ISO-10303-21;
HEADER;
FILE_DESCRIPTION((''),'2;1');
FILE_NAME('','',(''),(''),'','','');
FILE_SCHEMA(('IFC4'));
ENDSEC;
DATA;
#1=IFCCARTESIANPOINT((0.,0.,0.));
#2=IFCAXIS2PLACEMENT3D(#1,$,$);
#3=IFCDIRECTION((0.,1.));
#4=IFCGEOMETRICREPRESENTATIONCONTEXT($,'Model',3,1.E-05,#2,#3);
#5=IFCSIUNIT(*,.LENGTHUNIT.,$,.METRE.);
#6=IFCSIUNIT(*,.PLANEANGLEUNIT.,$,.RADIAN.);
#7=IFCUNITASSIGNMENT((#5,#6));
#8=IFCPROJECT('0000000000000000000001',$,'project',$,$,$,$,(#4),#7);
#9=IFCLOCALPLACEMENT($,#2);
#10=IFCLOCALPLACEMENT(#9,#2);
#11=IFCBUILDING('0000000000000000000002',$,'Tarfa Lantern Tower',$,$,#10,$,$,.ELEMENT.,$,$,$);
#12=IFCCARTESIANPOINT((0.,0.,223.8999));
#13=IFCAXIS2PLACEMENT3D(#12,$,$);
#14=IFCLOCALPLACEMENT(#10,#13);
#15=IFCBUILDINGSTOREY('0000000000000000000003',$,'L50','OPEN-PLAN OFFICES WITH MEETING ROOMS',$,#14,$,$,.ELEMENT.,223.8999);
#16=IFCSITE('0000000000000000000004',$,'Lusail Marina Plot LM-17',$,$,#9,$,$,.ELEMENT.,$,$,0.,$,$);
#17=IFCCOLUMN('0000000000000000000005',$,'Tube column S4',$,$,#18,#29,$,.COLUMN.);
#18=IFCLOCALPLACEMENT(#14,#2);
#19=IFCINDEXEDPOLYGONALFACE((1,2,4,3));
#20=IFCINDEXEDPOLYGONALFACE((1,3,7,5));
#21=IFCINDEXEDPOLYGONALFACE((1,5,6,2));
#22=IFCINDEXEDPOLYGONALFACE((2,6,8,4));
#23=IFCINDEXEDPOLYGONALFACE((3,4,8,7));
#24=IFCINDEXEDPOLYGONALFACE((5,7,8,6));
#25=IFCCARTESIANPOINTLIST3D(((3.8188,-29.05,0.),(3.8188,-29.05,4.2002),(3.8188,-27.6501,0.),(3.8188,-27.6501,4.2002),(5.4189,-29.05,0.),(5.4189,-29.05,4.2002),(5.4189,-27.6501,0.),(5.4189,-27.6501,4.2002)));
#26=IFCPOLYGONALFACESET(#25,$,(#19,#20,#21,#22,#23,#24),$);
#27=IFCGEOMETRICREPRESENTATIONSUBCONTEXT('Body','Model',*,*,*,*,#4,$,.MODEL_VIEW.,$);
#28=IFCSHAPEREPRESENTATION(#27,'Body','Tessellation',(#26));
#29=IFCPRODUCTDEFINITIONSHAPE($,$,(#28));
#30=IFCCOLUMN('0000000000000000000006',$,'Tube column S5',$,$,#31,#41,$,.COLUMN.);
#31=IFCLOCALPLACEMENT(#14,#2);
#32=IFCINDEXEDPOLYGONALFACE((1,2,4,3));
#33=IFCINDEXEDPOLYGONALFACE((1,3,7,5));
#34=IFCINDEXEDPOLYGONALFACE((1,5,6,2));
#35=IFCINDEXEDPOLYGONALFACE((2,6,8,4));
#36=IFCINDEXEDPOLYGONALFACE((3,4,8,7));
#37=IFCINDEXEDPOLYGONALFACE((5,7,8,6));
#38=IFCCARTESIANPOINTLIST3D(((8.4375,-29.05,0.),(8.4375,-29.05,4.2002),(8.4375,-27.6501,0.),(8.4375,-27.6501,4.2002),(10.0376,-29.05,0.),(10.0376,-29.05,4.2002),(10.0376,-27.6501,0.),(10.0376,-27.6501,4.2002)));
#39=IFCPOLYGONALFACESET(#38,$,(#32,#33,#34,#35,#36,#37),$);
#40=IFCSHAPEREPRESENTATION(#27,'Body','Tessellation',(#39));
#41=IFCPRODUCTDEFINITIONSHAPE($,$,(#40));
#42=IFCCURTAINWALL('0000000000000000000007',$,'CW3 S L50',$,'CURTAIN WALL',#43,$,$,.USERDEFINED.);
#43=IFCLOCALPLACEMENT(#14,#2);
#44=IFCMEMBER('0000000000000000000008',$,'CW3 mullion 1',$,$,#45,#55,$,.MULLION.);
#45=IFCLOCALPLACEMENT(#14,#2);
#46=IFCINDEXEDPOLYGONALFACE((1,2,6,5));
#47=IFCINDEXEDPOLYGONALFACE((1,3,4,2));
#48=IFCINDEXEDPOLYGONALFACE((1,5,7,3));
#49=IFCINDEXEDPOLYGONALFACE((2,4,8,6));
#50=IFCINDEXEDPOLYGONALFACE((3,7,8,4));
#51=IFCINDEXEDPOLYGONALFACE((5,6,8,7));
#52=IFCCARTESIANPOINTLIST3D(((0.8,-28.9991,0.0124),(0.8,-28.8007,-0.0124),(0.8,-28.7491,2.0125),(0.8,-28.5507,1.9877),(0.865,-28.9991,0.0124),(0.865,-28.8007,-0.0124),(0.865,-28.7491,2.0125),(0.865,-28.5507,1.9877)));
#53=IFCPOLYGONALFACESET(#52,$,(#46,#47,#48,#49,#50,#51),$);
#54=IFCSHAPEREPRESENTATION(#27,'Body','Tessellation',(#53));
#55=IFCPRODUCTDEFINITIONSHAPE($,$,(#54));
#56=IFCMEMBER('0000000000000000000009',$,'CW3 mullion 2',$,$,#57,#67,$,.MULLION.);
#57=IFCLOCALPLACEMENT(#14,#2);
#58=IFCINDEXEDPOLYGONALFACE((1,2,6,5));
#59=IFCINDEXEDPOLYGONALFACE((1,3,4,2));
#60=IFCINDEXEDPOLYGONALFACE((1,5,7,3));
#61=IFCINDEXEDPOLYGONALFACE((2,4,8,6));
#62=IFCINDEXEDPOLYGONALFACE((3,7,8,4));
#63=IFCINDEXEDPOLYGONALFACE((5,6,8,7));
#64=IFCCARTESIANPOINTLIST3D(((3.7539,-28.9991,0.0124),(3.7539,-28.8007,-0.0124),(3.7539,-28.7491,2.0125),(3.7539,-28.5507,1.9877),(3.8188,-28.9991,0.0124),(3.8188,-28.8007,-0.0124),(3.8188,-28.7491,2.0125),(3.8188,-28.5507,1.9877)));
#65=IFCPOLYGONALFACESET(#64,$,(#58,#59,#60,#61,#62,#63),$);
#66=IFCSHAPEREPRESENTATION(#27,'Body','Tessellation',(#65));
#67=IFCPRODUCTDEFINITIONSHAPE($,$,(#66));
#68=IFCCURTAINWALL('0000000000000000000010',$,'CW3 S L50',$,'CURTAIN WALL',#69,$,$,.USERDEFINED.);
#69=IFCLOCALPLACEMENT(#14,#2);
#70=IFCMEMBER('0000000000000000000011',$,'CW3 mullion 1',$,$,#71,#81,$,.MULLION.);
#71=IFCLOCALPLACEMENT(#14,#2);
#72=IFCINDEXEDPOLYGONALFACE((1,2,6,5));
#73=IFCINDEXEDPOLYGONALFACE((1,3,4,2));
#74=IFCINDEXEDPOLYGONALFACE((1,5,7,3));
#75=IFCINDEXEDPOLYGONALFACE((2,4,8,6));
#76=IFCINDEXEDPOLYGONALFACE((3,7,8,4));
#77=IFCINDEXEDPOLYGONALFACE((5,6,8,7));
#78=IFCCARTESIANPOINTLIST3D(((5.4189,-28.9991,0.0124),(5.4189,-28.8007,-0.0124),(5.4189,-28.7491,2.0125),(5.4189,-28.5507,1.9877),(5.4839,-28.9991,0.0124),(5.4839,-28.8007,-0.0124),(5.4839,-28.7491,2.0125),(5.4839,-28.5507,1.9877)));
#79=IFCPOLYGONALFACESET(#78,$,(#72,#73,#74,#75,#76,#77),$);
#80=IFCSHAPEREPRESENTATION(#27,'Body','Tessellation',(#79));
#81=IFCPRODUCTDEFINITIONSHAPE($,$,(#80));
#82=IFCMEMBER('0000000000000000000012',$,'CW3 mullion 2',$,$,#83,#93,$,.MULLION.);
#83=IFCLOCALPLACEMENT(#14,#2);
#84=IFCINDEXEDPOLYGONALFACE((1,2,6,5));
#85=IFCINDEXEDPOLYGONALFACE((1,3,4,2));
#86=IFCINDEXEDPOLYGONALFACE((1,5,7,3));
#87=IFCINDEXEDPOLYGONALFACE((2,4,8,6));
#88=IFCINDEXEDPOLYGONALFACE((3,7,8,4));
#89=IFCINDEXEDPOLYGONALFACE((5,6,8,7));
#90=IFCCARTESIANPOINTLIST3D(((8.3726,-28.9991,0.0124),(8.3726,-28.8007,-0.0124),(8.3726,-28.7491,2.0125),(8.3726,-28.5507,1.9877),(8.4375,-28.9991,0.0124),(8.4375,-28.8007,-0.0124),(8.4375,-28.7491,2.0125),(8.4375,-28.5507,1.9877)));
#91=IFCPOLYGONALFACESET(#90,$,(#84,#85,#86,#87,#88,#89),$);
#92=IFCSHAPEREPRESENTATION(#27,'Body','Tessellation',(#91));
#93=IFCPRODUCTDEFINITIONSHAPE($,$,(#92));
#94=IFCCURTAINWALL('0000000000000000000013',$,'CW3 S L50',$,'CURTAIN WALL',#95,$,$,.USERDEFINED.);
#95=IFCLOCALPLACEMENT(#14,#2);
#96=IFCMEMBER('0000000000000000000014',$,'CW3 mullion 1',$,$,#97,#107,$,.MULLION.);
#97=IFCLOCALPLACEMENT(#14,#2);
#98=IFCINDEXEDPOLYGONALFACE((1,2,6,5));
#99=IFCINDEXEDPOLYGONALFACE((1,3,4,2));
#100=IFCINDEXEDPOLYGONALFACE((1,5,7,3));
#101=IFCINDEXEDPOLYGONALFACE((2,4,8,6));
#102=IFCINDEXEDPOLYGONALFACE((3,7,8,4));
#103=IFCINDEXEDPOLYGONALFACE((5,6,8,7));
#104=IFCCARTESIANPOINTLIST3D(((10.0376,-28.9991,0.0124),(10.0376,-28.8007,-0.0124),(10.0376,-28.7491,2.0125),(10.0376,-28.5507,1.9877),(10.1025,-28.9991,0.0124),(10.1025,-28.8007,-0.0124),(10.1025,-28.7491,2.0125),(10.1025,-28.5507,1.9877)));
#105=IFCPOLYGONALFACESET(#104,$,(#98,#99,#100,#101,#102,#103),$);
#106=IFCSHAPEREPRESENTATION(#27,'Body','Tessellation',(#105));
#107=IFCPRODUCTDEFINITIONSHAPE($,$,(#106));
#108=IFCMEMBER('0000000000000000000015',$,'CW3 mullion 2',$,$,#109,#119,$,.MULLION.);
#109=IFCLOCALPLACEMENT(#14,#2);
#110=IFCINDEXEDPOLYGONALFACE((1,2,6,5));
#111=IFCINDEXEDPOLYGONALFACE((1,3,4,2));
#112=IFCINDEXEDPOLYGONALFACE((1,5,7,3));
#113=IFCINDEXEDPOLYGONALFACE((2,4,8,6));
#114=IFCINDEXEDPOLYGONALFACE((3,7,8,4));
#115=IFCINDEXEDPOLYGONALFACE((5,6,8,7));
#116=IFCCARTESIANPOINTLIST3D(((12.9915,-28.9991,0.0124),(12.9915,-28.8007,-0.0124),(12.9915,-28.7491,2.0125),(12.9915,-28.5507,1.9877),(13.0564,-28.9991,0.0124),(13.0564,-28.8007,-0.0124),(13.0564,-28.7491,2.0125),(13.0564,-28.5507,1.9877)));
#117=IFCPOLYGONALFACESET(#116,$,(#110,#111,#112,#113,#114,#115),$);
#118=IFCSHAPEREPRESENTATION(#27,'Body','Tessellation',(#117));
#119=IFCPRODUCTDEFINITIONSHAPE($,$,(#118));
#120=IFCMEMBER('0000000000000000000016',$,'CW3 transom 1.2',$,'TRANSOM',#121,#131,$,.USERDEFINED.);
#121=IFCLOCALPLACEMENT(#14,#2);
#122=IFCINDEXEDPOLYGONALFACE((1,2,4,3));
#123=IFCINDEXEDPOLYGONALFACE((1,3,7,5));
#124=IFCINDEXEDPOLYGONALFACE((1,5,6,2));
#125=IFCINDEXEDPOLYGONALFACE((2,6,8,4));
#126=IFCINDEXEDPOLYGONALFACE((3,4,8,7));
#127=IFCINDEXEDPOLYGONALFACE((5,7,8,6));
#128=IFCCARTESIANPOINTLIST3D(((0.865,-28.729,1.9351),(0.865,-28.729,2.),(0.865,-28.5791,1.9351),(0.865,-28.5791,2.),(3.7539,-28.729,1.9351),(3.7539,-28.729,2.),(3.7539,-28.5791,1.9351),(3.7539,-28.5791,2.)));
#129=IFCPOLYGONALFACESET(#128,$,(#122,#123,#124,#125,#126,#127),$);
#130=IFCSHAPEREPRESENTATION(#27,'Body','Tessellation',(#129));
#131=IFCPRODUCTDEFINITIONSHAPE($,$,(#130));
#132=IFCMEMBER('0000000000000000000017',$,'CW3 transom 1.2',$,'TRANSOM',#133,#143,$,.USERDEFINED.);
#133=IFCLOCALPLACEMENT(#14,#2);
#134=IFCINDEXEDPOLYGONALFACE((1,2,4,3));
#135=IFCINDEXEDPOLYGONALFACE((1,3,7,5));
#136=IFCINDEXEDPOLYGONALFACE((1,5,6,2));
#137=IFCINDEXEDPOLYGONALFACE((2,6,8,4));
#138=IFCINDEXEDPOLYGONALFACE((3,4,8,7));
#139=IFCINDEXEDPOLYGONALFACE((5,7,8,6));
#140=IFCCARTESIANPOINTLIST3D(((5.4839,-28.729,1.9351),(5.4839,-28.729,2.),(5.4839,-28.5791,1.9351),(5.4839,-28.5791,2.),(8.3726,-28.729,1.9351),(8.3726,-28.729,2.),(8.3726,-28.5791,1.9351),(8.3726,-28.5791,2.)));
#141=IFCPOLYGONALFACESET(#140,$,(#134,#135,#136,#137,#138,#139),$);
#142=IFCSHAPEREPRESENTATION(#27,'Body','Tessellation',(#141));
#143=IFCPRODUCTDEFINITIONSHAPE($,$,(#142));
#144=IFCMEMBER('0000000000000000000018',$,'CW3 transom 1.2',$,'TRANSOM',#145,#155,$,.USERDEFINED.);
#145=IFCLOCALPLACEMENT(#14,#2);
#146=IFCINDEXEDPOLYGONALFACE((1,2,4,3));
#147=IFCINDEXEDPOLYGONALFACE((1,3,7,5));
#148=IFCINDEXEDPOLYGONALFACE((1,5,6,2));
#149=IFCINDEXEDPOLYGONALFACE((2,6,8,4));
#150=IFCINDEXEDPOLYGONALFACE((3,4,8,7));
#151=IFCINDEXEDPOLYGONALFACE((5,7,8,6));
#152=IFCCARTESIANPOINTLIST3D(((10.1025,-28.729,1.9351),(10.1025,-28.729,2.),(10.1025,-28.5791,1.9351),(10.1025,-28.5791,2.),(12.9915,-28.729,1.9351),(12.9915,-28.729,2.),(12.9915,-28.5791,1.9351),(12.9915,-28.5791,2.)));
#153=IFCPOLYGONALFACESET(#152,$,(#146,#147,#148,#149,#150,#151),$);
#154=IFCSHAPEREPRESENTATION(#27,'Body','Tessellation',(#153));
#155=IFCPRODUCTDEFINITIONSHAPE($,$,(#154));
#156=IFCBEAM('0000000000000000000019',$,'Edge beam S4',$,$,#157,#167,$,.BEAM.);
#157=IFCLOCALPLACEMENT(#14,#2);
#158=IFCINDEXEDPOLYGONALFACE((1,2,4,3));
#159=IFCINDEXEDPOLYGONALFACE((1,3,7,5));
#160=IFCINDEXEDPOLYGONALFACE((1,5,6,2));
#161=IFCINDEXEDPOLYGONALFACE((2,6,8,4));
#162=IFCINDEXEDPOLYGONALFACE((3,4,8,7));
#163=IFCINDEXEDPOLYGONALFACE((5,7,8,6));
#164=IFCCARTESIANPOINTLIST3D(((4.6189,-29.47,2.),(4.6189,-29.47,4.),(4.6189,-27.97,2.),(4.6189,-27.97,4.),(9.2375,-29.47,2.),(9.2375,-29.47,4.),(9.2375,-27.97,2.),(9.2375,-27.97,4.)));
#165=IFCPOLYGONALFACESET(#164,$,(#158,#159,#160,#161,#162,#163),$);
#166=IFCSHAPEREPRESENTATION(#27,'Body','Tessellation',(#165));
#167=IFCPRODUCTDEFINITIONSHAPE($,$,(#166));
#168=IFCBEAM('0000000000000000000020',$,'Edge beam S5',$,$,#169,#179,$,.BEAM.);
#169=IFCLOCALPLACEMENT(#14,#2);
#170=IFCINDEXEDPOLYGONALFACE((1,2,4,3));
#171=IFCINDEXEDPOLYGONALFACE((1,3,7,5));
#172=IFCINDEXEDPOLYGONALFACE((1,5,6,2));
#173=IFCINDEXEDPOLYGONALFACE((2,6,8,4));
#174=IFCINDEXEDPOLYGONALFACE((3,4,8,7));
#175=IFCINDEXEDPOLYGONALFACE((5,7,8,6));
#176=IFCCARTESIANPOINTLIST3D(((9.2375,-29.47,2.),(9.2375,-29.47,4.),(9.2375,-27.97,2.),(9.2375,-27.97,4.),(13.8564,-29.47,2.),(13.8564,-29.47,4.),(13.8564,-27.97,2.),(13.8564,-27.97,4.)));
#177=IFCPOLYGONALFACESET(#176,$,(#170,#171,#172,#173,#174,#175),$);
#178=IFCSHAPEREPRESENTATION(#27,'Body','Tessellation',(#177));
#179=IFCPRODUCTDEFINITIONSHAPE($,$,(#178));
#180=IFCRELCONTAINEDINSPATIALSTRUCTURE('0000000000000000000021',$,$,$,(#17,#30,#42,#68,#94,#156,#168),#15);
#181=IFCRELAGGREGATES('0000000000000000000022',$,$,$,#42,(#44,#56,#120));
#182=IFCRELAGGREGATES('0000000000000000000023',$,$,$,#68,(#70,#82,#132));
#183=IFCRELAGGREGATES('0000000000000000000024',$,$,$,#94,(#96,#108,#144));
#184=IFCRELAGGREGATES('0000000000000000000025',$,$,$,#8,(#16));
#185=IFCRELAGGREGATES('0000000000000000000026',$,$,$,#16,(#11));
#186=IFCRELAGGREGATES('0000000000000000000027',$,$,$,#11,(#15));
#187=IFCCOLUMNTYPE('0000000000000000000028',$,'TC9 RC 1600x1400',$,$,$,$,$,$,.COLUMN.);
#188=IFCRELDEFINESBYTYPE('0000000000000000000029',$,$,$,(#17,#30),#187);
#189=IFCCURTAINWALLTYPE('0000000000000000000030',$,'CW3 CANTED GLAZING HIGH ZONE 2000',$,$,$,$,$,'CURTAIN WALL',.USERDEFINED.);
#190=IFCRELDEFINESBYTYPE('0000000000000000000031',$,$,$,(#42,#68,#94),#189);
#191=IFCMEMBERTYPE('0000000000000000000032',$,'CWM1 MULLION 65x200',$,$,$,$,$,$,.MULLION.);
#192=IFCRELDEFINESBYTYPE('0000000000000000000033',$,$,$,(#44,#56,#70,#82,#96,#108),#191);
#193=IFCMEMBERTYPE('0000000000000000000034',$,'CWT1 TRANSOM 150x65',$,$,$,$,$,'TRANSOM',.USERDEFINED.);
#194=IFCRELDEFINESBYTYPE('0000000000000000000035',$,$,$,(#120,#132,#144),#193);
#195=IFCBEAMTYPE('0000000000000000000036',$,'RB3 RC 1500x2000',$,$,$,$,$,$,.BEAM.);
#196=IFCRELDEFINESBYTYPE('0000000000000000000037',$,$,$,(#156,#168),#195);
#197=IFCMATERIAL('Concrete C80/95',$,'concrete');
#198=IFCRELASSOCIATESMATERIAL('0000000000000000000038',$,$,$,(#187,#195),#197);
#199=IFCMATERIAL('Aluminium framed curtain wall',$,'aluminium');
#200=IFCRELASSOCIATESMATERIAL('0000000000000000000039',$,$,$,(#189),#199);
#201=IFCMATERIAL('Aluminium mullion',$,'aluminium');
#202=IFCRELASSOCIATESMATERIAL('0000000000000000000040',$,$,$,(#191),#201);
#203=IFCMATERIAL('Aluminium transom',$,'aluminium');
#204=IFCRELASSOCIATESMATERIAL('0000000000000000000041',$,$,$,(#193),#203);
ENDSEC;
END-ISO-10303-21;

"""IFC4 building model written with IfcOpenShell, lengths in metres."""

from ifc_helpers import new_model, si_unit, direction, frame, origin, origin_2d, place, context, subcontext, project, spatial, rectangle, extrude, material, material_profile, profile_set, type_object, element, aggregate, save


model = new_model("IFC4")

# Units and contexts
model_context = context("Model", 3, precision=1e-05, world=origin(), true_north=direction((0.0, 1.0)))
body_context = subcontext(model_context, "Body", "Model", "MODEL_VIEW")
ifc_project = project(units=[si_unit("LENGTHUNIT", "METRE"), si_unit("PLANEANGLEUNIT", "RADIAN")], contexts=[model_context])

# Site, building, storey
site_placement = place(None, origin())
site = spatial("IfcSite", under=ifc_project, at=site_placement, Name="Lusail Marina Plot LM-17", CompositionType="ELEMENT", RefElevation=0.0)
building_placement = place(site_placement, origin())
building = spatial("IfcBuilding", under=site, at=building_placement, Name="Tarfa Lantern Tower", CompositionType="ELEMENT")
storey_placement = place(building_placement, frame((0.0, 0.0, 223.8999)))
storey = spatial("IfcBuildingStorey", under=building, at=storey_placement, Name="L50", Description="OPEN-PLAN OFFICES WITH MEETING ROOMS", CompositionType="ELEMENT", Elevation=223.8999)

# Columns
ifc_material_1 = material(Name="Concrete C80/95", Category="concrete")
ifc_material_profile_1 = material_profile(ifc_material_1, rectangle(XDim=1.6001, YDim=1.3999, at=origin_2d()), Name="RC 1600x1400")
ifc_profile_set_1 = profile_set([ifc_material_profile_1], Name="Concrete C80/95")
column_type = type_object("IfcColumnType", Name="TC9 RC 1600x1400", PredefinedType="COLUMN", material=ifc_profile_set_1)
for number, where, z_axis, x_axis, name in (
    (1, (4.6189, -28.3501, 0.0), (0.0, 0.0, 1.0), (1.0, 0.0, 0.0), "Tube column S4"),
    (2, (9.2375, -28.3501, 0.0), (0.0, 0.0, 1.0), (1.0, 0.0, 0.0), "Tube column S5"),
):
    element("IfcColumn", number, at=place(storey_placement, frame(where, z_axis=z_axis, x_axis=x_axis)), inside=storey, type_object=column_type, Name=name, PredefinedType="COLUMN", context=body_context, shape_type="SweptSolid", body=[
        extrude(rectangle(XDim=1.6001, YDim=1.3999, at=origin_2d()), origin(), (0.0, 0.0, 1.0), 4.2002),
    ])

# Curtain walls, members
ifc_material_2 = material(Name="Aluminium framed curtain wall", Category="aluminium")
curtain_wall_type = type_object("IfcCurtainWallType", Name="CW3 CANTED GLAZING HIGH ZONE 2000", ElementType="CURTAIN WALL", PredefinedType="USERDEFINED", material=ifc_material_2)
curtain_wall_1_placement = place(storey_placement, origin())
curtain_wall_1 = element("IfcCurtainWall", 3, at=curtain_wall_1_placement, inside=storey, type_object=curtain_wall_type, Name="CW3 S L50", ObjectType="CURTAIN WALL", PredefinedType="USERDEFINED")
ifc_material_3 = material(Name="Aluminium mullion", Category="aluminium")
ifc_material_profile_2 = material_profile(ifc_material_3, rectangle(XDim=0.0649, YDim=0.2, at=origin_2d()), Name="AL MULLION 65x200")
ifc_profile_set_2 = profile_set([ifc_material_profile_2], Name="Aluminium mullion")
member_type_1 = type_object("IfcMemberType", Name="CWM1 MULLION 65x200", PredefinedType="MULLION", material=ifc_profile_set_2)
member_1_placement = place(storey_placement, frame((0.8325, -28.8999, 0.0), z_axis=(0.0, 0.124035, 0.992278), x_axis=(-1.0, 0.0, 0.0)))
member_1 = element("IfcMember", 4, at=member_1_placement, type_object=member_type_1, Name="CW3 mullion 1", PredefinedType="MULLION", context=body_context, shape_type="SweptSolid", body=[
    extrude(rectangle(XDim=0.0649, YDim=0.2, at=origin_2d()), origin(), (0.0, 0.0, 1.0), 2.0156),
])
member_2_placement = place(storey_placement, frame((3.7864, -28.8999, 0.0), z_axis=(0.0, 0.124035, 0.992278), x_axis=(-1.0, 0.0, 0.0)))
member_2 = element("IfcMember", 5, at=member_2_placement, type_object=member_type_1, Name="CW3 mullion 2", PredefinedType="MULLION", context=body_context, shape_type="SweptSolid", body=[
    extrude(rectangle(XDim=0.0649, YDim=0.2, at=origin_2d()), origin(), (0.0, 0.0, 1.0), 2.0156),
])
curtain_wall_2_placement = place(storey_placement, origin())
curtain_wall_2 = element("IfcCurtainWall", 6, at=curtain_wall_2_placement, inside=storey, type_object=curtain_wall_type, Name="CW3 S L50", ObjectType="CURTAIN WALL", PredefinedType="USERDEFINED")
member_3_placement = place(storey_placement, frame((5.4514, -28.8999, 0.0), z_axis=(0.0, 0.124035, 0.992278), x_axis=(-1.0, 0.0, 0.0)))
member_3 = element("IfcMember", 7, at=member_3_placement, type_object=member_type_1, Name="CW3 mullion 1", PredefinedType="MULLION", context=body_context, shape_type="SweptSolid", body=[
    extrude(rectangle(XDim=0.0649, YDim=0.2, at=origin_2d()), origin(), (0.0, 0.0, 1.0), 2.0156),
])
member_4_placement = place(storey_placement, frame((8.405, -28.8999, 0.0), z_axis=(0.0, 0.124035, 0.992278), x_axis=(-1.0, 0.0, 0.0)))
member_4 = element("IfcMember", 8, at=member_4_placement, type_object=member_type_1, Name="CW3 mullion 2", PredefinedType="MULLION", context=body_context, shape_type="SweptSolid", body=[
    extrude(rectangle(XDim=0.0649, YDim=0.2, at=origin_2d()), origin(), (0.0, 0.0, 1.0), 2.0156),
])
curtain_wall_3_placement = place(storey_placement, origin())
curtain_wall_3 = element("IfcCurtainWall", 9, at=curtain_wall_3_placement, inside=storey, type_object=curtain_wall_type, Name="CW3 S L50", ObjectType="CURTAIN WALL", PredefinedType="USERDEFINED")
member_5_placement = place(storey_placement, frame((10.0701, -28.8999, 0.0), z_axis=(0.0, 0.124035, 0.992278), x_axis=(-1.0, 0.0, 0.0)))
member_5 = element("IfcMember", 10, at=member_5_placement, type_object=member_type_1, Name="CW3 mullion 1", PredefinedType="MULLION", context=body_context, shape_type="SweptSolid", body=[
    extrude(rectangle(XDim=0.0649, YDim=0.2, at=origin_2d()), origin(), (0.0, 0.0, 1.0), 2.0156),
])
member_6_placement = place(storey_placement, frame((13.0239, -28.8999, 0.0), z_axis=(0.0, 0.124035, 0.992278), x_axis=(-1.0, 0.0, 0.0)))
member_6 = element("IfcMember", 11, at=member_6_placement, type_object=member_type_1, Name="CW3 mullion 2", PredefinedType="MULLION", context=body_context, shape_type="SweptSolid", body=[
    extrude(rectangle(XDim=0.0649, YDim=0.2, at=origin_2d()), origin(), (0.0, 0.0, 1.0), 2.0156),
])

# Members
ifc_material_4 = material(Name="Aluminium transom", Category="aluminium")
ifc_material_profile_3 = material_profile(ifc_material_4, rectangle(XDim=0.1499, YDim=0.0649, at=origin_2d()), Name="AL TRANSOM 150x65")
ifc_profile_set_3 = profile_set([ifc_material_profile_3], Name="Aluminium transom")
member_type_2 = type_object("IfcMemberType", Name="CWT1 TRANSOM 150x65", ElementType="TRANSOM", PredefinedType="USERDEFINED", material=ifc_profile_set_3)
member_7_placement = place(storey_placement, frame((0.865, -28.6541, 1.9675), z_axis=(1.0, 0.0, 0.0), x_axis=(0.0, 1.0, 0.0)))
member_7 = element("IfcMember", 12, at=member_7_placement, type_object=member_type_2, Name="CW3 transom 1.2", ObjectType="TRANSOM", PredefinedType="USERDEFINED", context=body_context, shape_type="SweptSolid", body=[
    extrude(rectangle(XDim=0.1499, YDim=0.0649, at=origin_2d()), origin(), (0.0, 0.0, 1.0), 2.8889),
])
member_8_placement = place(storey_placement, frame((5.4839, -28.6541, 1.9675), z_axis=(1.0, 0.0, 0.0), x_axis=(0.0, 1.0, 0.0)))
member_8 = element("IfcMember", 13, at=member_8_placement, type_object=member_type_2, Name="CW3 transom 1.2", ObjectType="TRANSOM", PredefinedType="USERDEFINED", context=body_context, shape_type="SweptSolid", body=[
    extrude(rectangle(XDim=0.1499, YDim=0.0649, at=origin_2d()), origin(), (0.0, 0.0, 1.0), 2.8887),
])
member_9_placement = place(storey_placement, frame((10.1025, -28.6541, 1.9675), z_axis=(1.0, 0.0, 0.0), x_axis=(0.0, 1.0, 0.0)))
member_9 = element("IfcMember", 14, at=member_9_placement, type_object=member_type_2, Name="CW3 transom 1.2", ObjectType="TRANSOM", PredefinedType="USERDEFINED", context=body_context, shape_type="SweptSolid", body=[
    extrude(rectangle(XDim=0.1499, YDim=0.0649, at=origin_2d()), origin(), (0.0, 0.0, 1.0), 2.8889),
])

# Beams
ifc_material_profile_4 = material_profile(ifc_material_1, rectangle(XDim=1.5, YDim=2.0, at=origin_2d()), Name="RC 1500x2000")
ifc_profile_set_4 = profile_set([ifc_material_profile_4], Name="Concrete C80/95")
beam_type_1 = type_object("IfcBeamType", Name="RB3 RC 1500x2000", PredefinedType="BEAM", material=ifc_profile_set_4)
beam_1_placement = place(storey_placement, frame((4.6189, -28.72, 3.0), z_axis=(1.0, 0.0, 0.0), x_axis=(0.0, 1.0, 0.0)))
element("IfcBeam", 15, at=beam_1_placement, inside=storey, type_object=beam_type_1, Name="Edge beam S4", PredefinedType="BEAM", context=body_context, shape_type="SweptSolid", body=[
    extrude(rectangle(XDim=1.5, YDim=2.0, at=origin_2d()), origin(), (0.0, 0.0, 1.0), 4.6187),
])
beam_2_placement = place(storey_placement, frame((9.2375, -28.72, 3.0), z_axis=(1.0, 0.0, 0.0), x_axis=(0.0, 1.0, 0.0)))
element("IfcBeam", 16, at=beam_2_placement, inside=storey, type_object=beam_type_1, Name="Edge beam S5", PredefinedType="BEAM", context=body_context, shape_type="SweptSolid", body=[
    extrude(rectangle(XDim=1.5, YDim=2.0, at=origin_2d()), origin(), (0.0, 0.0, 1.0), 4.6189),
])

aggregate(curtain_wall_1, [member_1, member_2, member_7])
aggregate(curtain_wall_2, [member_3, member_4, member_8])
aggregate(curtain_wall_3, [member_5, member_6, member_9])

save(model, "model.ifc")
